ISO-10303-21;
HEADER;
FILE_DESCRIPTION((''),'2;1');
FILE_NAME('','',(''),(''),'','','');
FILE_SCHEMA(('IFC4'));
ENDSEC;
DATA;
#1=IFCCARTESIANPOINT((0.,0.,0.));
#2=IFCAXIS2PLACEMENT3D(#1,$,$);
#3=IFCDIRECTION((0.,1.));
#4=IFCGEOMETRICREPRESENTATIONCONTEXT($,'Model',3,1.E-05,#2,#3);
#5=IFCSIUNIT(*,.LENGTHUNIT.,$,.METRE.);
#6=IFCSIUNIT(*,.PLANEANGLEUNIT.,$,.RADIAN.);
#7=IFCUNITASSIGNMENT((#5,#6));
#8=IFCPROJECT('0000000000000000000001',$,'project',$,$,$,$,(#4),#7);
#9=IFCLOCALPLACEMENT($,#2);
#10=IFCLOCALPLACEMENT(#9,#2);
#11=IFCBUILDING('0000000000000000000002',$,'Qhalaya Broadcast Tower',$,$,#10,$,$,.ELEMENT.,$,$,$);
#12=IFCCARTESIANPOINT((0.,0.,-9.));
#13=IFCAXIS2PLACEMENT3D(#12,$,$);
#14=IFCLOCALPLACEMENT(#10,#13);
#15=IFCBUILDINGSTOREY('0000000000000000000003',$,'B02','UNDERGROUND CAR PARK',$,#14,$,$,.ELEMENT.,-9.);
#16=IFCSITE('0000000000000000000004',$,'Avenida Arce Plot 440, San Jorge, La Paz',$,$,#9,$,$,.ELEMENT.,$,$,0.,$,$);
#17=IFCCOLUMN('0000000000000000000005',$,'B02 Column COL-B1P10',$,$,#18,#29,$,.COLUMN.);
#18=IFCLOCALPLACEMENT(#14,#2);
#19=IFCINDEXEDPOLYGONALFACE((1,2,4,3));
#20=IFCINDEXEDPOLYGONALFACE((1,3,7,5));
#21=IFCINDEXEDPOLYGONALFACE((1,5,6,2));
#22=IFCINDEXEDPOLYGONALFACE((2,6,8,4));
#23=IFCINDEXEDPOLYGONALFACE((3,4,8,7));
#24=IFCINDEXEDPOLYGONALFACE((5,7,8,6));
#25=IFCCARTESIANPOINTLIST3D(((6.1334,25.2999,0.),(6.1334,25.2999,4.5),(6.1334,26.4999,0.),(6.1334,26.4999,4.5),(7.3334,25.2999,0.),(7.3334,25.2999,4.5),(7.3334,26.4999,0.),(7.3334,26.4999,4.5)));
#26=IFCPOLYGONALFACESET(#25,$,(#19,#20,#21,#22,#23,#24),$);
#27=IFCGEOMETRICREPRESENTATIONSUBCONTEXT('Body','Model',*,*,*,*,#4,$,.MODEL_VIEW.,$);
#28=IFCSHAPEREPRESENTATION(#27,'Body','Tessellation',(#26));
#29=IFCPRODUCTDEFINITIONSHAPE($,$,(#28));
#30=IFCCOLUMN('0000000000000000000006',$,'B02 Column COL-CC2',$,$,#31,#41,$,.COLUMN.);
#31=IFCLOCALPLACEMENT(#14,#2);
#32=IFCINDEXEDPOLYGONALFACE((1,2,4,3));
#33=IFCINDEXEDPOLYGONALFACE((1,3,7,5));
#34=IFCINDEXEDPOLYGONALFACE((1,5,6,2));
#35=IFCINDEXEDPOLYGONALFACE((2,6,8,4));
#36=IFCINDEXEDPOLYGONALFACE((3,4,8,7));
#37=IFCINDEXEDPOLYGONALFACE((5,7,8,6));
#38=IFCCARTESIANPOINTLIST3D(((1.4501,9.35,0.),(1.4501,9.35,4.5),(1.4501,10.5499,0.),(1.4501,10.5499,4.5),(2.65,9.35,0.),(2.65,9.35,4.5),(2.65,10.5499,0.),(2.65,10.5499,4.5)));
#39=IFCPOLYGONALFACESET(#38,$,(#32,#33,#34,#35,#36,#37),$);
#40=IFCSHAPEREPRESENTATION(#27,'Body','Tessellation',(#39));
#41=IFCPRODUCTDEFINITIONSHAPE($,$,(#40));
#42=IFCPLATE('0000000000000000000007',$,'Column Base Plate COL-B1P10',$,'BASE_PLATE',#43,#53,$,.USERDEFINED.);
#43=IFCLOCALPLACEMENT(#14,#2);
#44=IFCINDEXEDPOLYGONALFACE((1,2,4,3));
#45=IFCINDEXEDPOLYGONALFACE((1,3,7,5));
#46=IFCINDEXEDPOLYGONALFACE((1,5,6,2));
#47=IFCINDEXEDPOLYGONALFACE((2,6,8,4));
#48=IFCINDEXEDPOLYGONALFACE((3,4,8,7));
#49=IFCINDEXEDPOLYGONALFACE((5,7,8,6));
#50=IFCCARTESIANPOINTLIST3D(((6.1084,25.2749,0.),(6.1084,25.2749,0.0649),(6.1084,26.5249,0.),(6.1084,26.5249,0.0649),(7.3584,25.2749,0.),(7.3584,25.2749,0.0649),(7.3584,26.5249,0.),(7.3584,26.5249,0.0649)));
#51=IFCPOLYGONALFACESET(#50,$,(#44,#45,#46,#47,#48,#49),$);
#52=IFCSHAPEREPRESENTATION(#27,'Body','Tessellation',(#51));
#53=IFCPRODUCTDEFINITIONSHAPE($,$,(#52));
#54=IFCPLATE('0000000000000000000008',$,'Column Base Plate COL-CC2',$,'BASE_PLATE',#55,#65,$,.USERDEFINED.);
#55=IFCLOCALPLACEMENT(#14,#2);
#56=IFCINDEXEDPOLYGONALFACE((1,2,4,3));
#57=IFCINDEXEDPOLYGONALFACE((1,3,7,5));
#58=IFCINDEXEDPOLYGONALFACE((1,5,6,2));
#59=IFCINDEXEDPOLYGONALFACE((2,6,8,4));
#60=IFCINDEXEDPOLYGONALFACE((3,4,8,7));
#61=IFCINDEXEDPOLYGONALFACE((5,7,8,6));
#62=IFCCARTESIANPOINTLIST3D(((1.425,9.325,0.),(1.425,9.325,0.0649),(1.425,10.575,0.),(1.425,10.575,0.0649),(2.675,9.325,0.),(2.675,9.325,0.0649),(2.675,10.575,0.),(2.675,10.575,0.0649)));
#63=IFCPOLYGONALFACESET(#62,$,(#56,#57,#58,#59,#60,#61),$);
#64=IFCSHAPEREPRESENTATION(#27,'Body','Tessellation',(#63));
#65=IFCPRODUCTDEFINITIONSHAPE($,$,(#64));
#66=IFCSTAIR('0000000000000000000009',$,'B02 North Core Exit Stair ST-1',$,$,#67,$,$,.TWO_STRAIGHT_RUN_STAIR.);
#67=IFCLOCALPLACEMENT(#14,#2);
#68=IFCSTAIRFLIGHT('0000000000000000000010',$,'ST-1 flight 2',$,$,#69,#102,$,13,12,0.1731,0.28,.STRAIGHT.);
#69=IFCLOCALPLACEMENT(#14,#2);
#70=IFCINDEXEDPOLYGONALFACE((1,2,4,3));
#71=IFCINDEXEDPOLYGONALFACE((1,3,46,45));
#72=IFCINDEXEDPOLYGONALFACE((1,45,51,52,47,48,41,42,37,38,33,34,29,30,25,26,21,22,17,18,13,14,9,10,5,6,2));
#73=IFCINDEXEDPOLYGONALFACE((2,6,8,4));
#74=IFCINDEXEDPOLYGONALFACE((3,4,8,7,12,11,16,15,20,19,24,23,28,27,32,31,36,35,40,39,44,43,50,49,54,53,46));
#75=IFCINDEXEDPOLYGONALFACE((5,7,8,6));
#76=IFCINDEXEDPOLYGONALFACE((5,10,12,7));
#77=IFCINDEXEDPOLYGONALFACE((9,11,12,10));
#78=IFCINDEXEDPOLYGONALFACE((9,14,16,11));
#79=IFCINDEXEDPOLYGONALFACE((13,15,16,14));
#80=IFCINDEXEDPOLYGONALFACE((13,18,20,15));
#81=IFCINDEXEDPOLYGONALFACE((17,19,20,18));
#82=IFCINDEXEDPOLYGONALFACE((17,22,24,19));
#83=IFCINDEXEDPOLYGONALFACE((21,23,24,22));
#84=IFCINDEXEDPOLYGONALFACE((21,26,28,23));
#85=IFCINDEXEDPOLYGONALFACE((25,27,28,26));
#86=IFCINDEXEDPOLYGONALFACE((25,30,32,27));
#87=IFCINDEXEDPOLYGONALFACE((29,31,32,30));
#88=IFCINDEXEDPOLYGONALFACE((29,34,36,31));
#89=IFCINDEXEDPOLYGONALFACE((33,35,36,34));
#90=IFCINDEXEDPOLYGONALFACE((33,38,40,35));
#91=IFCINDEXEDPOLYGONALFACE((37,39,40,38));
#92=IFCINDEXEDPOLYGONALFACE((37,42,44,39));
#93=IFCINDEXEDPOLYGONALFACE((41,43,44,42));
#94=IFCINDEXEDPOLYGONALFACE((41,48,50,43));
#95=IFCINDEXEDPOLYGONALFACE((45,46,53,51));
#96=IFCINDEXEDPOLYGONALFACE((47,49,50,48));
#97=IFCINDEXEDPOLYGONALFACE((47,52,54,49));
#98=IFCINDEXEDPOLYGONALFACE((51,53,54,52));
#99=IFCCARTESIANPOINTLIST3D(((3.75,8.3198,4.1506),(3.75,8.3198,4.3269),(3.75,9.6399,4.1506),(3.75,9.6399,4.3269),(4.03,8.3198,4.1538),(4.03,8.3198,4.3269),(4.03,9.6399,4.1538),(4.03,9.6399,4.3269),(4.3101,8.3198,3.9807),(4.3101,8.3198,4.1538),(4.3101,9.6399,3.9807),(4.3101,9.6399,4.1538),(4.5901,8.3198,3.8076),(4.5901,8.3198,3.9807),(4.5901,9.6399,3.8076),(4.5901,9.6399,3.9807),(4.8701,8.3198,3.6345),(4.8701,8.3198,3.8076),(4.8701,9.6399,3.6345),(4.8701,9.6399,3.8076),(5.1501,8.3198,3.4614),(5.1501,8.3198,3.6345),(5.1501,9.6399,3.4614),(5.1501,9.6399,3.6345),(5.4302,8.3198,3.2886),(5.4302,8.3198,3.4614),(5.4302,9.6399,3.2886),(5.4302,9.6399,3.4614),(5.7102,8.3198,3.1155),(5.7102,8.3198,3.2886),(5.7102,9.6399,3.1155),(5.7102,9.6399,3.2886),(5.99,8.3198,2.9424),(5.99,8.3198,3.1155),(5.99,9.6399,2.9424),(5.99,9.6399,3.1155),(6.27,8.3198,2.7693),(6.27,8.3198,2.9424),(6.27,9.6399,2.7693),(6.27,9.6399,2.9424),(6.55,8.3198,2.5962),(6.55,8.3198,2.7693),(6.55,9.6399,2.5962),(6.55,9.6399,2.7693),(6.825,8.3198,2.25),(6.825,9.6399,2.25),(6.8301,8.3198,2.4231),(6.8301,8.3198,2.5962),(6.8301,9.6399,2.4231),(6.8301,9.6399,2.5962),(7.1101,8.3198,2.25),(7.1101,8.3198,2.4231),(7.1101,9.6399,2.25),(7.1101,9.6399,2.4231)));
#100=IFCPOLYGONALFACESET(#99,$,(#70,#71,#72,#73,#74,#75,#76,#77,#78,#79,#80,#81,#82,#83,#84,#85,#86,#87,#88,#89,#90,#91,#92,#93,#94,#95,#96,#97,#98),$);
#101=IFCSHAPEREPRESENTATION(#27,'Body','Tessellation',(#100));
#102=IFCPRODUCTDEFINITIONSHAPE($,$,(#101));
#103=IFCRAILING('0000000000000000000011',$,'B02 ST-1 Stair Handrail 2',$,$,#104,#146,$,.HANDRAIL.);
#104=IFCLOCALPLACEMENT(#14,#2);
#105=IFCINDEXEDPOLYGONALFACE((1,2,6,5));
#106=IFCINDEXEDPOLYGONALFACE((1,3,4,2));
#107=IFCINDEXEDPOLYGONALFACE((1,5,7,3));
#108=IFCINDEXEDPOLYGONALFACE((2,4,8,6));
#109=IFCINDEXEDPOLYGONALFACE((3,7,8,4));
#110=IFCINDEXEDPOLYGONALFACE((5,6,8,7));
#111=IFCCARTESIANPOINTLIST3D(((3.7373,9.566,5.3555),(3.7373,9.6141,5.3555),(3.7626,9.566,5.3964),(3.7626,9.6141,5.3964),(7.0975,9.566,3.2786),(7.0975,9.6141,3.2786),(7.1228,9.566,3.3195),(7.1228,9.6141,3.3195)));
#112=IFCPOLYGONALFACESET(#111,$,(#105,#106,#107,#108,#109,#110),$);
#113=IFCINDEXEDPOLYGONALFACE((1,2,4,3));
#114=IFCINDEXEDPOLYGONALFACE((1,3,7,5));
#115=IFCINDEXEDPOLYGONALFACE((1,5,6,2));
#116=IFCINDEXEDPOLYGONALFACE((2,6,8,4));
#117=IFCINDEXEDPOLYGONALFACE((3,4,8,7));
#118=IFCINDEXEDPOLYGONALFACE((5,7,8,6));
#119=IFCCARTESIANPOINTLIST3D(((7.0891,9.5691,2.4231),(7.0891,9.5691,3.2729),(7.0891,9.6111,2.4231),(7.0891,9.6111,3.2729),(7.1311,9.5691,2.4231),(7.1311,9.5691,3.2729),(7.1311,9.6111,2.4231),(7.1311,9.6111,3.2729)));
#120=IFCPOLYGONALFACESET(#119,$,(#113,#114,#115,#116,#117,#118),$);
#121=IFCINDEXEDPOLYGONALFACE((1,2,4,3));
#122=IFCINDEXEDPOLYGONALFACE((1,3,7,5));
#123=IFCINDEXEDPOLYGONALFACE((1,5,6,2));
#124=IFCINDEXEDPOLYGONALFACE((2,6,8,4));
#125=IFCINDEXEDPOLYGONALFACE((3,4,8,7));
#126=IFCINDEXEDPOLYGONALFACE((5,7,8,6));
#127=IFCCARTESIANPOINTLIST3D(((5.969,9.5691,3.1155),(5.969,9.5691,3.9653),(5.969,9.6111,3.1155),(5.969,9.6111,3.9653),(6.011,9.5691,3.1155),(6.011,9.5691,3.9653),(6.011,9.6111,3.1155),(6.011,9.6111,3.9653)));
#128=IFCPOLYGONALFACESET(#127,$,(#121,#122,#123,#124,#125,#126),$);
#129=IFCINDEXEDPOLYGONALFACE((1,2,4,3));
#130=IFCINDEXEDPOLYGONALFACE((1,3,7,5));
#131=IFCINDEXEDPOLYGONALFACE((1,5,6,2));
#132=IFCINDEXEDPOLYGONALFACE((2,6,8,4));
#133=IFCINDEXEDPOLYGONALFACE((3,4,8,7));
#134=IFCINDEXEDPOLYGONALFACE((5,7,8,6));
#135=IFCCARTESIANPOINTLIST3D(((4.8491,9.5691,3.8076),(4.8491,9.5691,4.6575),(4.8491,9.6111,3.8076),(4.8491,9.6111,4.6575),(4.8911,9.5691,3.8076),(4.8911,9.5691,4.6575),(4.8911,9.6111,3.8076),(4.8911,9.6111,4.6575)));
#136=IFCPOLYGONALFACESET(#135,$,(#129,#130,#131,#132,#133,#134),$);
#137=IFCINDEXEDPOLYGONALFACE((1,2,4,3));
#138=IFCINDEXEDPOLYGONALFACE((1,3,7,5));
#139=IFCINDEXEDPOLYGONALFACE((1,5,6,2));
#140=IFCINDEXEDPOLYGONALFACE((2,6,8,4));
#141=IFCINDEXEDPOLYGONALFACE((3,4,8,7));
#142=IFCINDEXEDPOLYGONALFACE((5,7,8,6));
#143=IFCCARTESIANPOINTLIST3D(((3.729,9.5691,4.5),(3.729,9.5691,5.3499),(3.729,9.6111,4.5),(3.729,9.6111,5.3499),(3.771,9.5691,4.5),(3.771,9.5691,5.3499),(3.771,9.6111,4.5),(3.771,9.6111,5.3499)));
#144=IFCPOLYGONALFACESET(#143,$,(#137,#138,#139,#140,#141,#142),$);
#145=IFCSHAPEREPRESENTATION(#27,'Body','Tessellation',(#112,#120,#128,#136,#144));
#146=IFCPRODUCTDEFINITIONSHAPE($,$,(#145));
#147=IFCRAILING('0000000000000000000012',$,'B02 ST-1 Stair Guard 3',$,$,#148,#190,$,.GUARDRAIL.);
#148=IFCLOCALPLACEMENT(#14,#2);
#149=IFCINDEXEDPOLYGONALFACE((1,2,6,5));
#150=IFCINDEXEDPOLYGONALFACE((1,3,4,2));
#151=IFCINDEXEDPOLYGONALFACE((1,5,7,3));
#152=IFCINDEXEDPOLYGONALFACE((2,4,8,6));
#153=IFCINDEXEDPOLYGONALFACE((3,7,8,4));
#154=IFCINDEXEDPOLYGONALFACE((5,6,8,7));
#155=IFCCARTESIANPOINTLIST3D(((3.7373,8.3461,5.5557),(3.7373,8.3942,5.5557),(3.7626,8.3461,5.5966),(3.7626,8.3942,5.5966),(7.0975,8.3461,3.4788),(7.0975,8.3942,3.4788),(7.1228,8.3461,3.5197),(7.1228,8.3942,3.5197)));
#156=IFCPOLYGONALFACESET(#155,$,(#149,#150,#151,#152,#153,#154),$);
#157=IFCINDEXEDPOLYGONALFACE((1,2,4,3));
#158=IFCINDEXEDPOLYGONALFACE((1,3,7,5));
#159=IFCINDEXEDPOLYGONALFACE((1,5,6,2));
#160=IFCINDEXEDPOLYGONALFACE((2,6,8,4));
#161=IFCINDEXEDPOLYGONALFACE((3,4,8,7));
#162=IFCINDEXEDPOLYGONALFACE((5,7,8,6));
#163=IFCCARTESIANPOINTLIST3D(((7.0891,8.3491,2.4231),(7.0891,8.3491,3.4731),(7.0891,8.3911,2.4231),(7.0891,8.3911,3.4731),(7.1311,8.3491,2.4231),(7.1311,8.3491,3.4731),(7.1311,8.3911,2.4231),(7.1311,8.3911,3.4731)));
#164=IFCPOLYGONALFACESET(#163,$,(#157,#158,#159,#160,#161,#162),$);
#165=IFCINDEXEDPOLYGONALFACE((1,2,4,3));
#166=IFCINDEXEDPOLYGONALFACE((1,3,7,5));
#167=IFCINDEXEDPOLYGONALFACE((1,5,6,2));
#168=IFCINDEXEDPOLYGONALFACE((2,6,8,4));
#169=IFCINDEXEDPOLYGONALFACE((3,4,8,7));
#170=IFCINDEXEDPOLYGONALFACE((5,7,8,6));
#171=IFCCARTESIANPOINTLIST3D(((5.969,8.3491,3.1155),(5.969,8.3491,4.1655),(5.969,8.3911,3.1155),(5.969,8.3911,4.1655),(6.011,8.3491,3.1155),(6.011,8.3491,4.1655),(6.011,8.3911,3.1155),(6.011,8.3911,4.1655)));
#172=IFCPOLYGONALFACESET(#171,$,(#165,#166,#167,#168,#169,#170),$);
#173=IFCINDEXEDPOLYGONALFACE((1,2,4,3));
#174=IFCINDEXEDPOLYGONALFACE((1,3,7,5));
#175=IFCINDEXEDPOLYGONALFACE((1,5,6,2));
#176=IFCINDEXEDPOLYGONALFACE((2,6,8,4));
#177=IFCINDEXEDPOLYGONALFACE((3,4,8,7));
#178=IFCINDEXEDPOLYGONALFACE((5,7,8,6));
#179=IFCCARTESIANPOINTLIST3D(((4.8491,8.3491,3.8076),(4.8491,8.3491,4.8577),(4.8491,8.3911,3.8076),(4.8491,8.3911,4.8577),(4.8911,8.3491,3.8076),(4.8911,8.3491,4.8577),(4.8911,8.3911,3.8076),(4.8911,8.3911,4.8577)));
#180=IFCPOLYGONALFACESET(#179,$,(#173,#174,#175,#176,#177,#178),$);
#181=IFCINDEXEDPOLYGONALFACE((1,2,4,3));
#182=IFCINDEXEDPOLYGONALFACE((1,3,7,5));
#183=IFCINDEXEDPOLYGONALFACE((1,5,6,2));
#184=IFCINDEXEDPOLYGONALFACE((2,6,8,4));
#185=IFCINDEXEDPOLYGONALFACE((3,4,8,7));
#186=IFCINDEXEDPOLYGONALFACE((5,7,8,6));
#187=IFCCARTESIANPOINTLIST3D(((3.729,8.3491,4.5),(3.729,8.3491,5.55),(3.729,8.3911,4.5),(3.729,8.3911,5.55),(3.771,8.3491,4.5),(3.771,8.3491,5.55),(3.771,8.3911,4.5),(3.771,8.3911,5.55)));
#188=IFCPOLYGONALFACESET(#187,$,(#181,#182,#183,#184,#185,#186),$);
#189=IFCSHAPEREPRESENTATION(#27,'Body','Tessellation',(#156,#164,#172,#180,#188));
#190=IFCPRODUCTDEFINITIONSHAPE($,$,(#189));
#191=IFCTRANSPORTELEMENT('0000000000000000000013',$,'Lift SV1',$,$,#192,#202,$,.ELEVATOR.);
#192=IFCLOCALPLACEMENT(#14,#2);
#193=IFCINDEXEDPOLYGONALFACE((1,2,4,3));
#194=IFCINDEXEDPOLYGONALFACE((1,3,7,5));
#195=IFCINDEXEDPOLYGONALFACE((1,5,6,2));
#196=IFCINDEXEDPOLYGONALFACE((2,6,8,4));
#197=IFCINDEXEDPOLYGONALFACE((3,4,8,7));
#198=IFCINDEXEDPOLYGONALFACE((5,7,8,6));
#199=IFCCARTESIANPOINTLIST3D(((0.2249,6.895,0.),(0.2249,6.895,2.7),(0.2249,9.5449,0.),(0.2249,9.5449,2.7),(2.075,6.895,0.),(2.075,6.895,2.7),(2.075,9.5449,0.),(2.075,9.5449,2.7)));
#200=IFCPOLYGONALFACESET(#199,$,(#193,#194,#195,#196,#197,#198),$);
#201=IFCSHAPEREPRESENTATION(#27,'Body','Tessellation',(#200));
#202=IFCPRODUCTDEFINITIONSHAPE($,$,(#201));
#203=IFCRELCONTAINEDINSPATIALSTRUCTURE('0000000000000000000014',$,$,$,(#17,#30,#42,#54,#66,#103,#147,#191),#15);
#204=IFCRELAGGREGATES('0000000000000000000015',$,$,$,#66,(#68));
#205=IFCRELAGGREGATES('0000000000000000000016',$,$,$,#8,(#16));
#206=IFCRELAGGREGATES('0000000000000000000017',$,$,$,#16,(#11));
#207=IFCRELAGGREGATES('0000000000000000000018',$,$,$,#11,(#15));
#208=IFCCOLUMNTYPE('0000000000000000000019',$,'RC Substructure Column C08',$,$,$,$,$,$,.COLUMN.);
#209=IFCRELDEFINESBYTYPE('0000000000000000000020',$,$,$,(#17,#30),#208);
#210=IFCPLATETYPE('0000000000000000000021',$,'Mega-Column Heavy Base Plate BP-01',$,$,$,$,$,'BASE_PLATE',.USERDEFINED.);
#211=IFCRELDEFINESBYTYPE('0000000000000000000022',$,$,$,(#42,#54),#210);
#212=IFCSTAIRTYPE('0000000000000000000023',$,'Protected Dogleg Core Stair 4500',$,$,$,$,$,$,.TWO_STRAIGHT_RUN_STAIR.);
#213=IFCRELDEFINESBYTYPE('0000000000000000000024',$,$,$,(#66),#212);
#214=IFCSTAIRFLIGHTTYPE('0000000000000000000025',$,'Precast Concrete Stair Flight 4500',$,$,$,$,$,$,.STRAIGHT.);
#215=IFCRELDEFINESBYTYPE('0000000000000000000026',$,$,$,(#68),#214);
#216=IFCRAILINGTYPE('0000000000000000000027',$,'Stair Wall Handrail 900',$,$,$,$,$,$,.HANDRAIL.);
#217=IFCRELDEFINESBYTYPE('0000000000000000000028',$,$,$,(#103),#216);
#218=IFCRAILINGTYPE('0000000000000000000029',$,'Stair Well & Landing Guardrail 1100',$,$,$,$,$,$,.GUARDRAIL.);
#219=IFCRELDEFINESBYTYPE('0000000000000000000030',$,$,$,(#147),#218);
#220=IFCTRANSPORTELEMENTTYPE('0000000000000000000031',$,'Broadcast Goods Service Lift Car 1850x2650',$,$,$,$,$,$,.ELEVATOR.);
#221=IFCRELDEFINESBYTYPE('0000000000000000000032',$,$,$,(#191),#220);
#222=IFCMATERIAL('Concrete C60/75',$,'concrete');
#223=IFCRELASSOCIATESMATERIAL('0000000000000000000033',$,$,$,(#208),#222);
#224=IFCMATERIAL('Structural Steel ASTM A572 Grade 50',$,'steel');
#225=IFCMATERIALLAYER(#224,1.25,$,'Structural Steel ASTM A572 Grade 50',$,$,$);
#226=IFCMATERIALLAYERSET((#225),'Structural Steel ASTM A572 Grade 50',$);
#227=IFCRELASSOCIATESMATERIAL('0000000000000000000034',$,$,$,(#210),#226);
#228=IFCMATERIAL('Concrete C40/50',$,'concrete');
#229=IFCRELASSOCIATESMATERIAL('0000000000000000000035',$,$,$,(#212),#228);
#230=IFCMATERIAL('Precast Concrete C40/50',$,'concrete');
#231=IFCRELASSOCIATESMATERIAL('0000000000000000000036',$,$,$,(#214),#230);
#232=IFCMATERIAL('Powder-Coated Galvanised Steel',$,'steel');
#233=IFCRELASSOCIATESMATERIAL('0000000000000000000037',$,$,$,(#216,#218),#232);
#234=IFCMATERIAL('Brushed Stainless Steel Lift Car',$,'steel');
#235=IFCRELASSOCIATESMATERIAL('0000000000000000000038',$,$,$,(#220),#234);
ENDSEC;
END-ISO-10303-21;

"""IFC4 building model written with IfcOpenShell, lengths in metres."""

from ifc_helpers import new_model, si_unit, direction, frame, origin, origin_2d, place, context, subcontext, project, spatial, polyline, rectangle, outline, extrude, material, layer, layer_set, material_profile, profile_set, type_object, element, aggregate, save


model = new_model("IFC4")

# Units and contexts
model_context = context("Model", 3, precision=1e-05, world=origin(), true_north=direction((0.0, 1.0)))
body_context = subcontext(model_context, "Body", "Model", "MODEL_VIEW")
ifc_project = project(units=[si_unit("LENGTHUNIT", "METRE"), si_unit("PLANEANGLEUNIT", "RADIAN")], contexts=[model_context])

# Site, building, storey
site_placement = place(None, origin())
site = spatial("IfcSite", under=ifc_project, at=site_placement, Name="Avenida Arce Plot 440, San Jorge, La Paz", CompositionType="ELEMENT", RefElevation=0.0)
building_placement = place(site_placement, origin())
building = spatial("IfcBuilding", under=site, at=building_placement, Name="Qhalaya Broadcast Tower", CompositionType="ELEMENT")
storey_placement = place(building_placement, frame((0.0, 0.0, -9.0)))
storey = spatial("IfcBuildingStorey", under=building, at=storey_placement, Name="B02", Description="UNDERGROUND CAR PARK", CompositionType="ELEMENT", Elevation=-9.0)

# Columns
ifc_material_1 = material(Name="Concrete C60/75", Category="concrete")
ifc_material_profile_1 = material_profile(ifc_material_1, rectangle(XDim=1.2, YDim=1.2, at=origin_2d()), Name="RC-COL 1200x1200")
ifc_profile_set_1 = profile_set([ifc_material_profile_1], Name="Concrete C60/75")
column_type = type_object("IfcColumnType", Name="RC Substructure Column C08", PredefinedType="COLUMN", material=ifc_profile_set_1)
for number, where, z_axis, x_axis, name in (
    (1, (6.7334, 25.8999, 0.0), (0.0, 0.0, 1.0), (1.0, 0.0, 0.0), "B02 Column COL-B1P10"),
    (2, (2.05, 9.95, 0.0), (0.0, 0.0, 1.0), (1.0, 0.0, 0.0), "B02 Column COL-CC2"),
):
    element("IfcColumn", number, at=place(storey_placement, frame(where, z_axis=z_axis, x_axis=x_axis)), inside=storey, type_object=column_type, Name=name, PredefinedType="COLUMN", context=body_context, shape_type="SweptSolid", body=[
        extrude(rectangle(XDim=1.2, YDim=1.2, at=origin_2d()), origin(), (0.0, 0.0, 1.0), 4.5),
    ])

# Plates
ifc_material_2 = material(Name="Structural Steel ASTM A572 Grade 50", Category="steel")
ifc_layer = layer(ifc_material_2, 1.25, Name="Structural Steel ASTM A572 Grade 50")
ifc_layer_set = layer_set([ifc_layer], Name="Structural Steel ASTM A572 Grade 50")
plate_type = type_object("IfcPlateType", Name="Mega-Column Heavy Base Plate BP-01", ElementType="BASE_PLATE", PredefinedType="USERDEFINED", material=ifc_layer_set)
for number, where, z_axis, x_axis, name in (
    (3, (6.7334, 25.8999, 0.0), (0.0, 0.0, 1.0), (1.0, 0.0, 0.0), "Column Base Plate COL-B1P10"),
    (4, (2.05, 9.95, 0.0), (0.0, 0.0, 1.0), (1.0, 0.0, 0.0), "Column Base Plate COL-CC2"),
):
    element("IfcPlate", number, at=place(storey_placement, frame(where, z_axis=z_axis, x_axis=x_axis)), inside=storey, type_object=plate_type, Name=name, ObjectType="BASE_PLATE", PredefinedType="USERDEFINED", context=body_context, shape_type="SweptSolid", body=[
        extrude(rectangle(XDim=1.25, YDim=1.25, at=origin_2d()), origin(), (0.0, 0.0, 1.0), 0.0649),
    ])

# Stair, stair flight
ifc_material_3 = material(Name="Concrete C40/50", Category="concrete")
stair_type = type_object("IfcStairType", Name="Protected Dogleg Core Stair 4500", PredefinedType="TWO_STRAIGHT_RUN_STAIR", material=ifc_material_3)
stair_placement = place(storey_placement, origin())
stair = element("IfcStair", 5, at=stair_placement, inside=storey, type_object=stair_type, Name="B02 North Core Exit Stair ST-1", PredefinedType="TWO_STRAIGHT_RUN_STAIR")
ifc_material_4 = material(Name="Precast Concrete C40/50", Category="concrete")
stair_flight_type = type_object("IfcStairFlightType", Name="Precast Concrete Stair Flight 4500", PredefinedType="STRAIGHT", material=ifc_material_4)
stair_flight_placement = place(storey_placement, frame((7.1101, 8.98, 2.25), z_axis=(0.0, 0.0, 1.0), x_axis=(-1.0, 0.0, 0.0)))
stair_flight = element("IfcStairFlight", 6, at=stair_flight_placement, type_object=stair_flight_type, Name="ST-1 flight 2", NumberOfRisers=13, NumberOfTreads=12, PredefinedType="STRAIGHT", RiserHeight=0.1731, TreadLength=0.28, context=body_context, shape_type="SweptSolid", body=[
    extrude(outline(polyline([(0.0, 0.0), (0.0, 0.1731), (0.28, 0.1731), (0.28, 0.3462), (0.5601, 0.3462), (0.5601, 0.5193), (0.8401, 0.5193), (0.8401, 0.6924), (1.1201, 0.6924), (1.1201, 0.8655), (1.3999, 0.8655), (1.3999, 1.0386), (1.6799, 1.0386), (1.6799, 1.2114), (1.96, 1.2114), (1.96, 1.3845), (2.24, 1.3845), (2.24, 1.5576), (2.52, 1.5576), (2.52, 1.7307), (2.8, 1.7307), (2.8, 1.9038), (3.0801, 1.9038), (3.0801, 2.0769), (3.3601, 2.0769), (3.3601, 2.25), (3.3601, 1.9006), (0.2852, 0.0), (0.0, 0.0)])), frame((0.0, 0.6602, 0.0), z_axis=(0.0, -1.0, 0.0), x_axis=(1.0, 0.0, 0.0)), (0.0, 0.0, 1.0), 1.3201),
])
aggregate(stair, [stair_flight])

# Railings
ifc_material_5 = material(Name="Powder-Coated Galvanised Steel", Category="steel")
railing_type_1 = type_object("IfcRailingType", Name="Stair Wall Handrail 900", PredefinedType="HANDRAIL", material=ifc_material_5)
railing_1_placement = place(storey_placement, frame((7.1101, 9.5901, 2.4231)))
element("IfcRailing", 7, at=railing_1_placement, inside=storey, type_object=railing_type_1, Name="B02 ST-1 Stair Handrail 2", PredefinedType="HANDRAIL", context=body_context, shape_type="SweptSolid", body=[
    extrude(rectangle(XDim=0.0481, YDim=0.0481, at=origin_2d()), frame((0.0, 0.0, 0.876), z_axis=(-0.850623, 0.0, 0.525776), x_axis=(0.0, -1.0, 0.0)), (0.0, 0.0, 1.0), 3.9502),
    extrude(rectangle(XDim=0.042, YDim=0.042, at=origin_2d()), origin(), (0.0, 0.0, 1.0), 0.8499),
    extrude(rectangle(XDim=0.042, YDim=0.042, at=origin_2d()), frame((-1.1201, 0.0, 0.6924)), (0.0, 0.0, 1.0), 0.8499),
    extrude(rectangle(XDim=0.042, YDim=0.042, at=origin_2d()), frame((-2.24, 0.0, 1.3845)), (0.0, 0.0, 1.0), 0.8499),
    extrude(rectangle(XDim=0.042, YDim=0.042, at=origin_2d()), frame((-3.3601, 0.0, 2.0769)), (0.0, 0.0, 1.0), 0.8499),
])
railing_type_2 = type_object("IfcRailingType", Name="Stair Well & Landing Guardrail 1100", PredefinedType="GUARDRAIL", material=ifc_material_5)
railing_2_placement = place(storey_placement, frame((7.1101, 8.3701, 2.4231)))
element("IfcRailing", 8, at=railing_2_placement, inside=storey, type_object=railing_type_2, Name="B02 ST-1 Stair Guard 3", PredefinedType="GUARDRAIL", context=body_context, shape_type="SweptSolid", body=[
    extrude(rectangle(XDim=0.0481, YDim=0.0481, at=origin_2d()), frame((0.0, 0.0, 1.0762), z_axis=(-0.850623, 0.0, 0.525776), x_axis=(0.0, -1.0, 0.0)), (0.0, 0.0, 1.0), 3.9502),
    extrude(rectangle(XDim=0.042, YDim=0.042, at=origin_2d()), origin(), (0.0, 0.0, 1.0), 1.05),
    extrude(rectangle(XDim=0.042, YDim=0.042, at=origin_2d()), frame((-1.1201, 0.0, 0.6924)), (0.0, 0.0, 1.0), 1.05),
    extrude(rectangle(XDim=0.042, YDim=0.042, at=origin_2d()), frame((-2.24, 0.0, 1.3845)), (0.0, 0.0, 1.0), 1.05),
    extrude(rectangle(XDim=0.042, YDim=0.042, at=origin_2d()), frame((-3.3601, 0.0, 2.0769)), (0.0, 0.0, 1.0), 1.05),
])

# Transport element
ifc_material_6 = material(Name="Brushed Stainless Steel Lift Car", Category="steel")
transport_element_type = type_object("IfcTransportElementType", Name="Broadcast Goods Service Lift Car 1850x2650", PredefinedType="ELEVATOR", material=ifc_material_6)
transport_element_placement = place(storey_placement, frame((1.1499, 8.22, 0.0), z_axis=(0.0, 0.0, 1.0), x_axis=(1.0, 0.0, 0.0)))
element("IfcTransportElement", 9, at=transport_element_placement, inside=storey, type_object=transport_element_type, Name="Lift SV1", PredefinedType="ELEVATOR", context=body_context, shape_type="SweptSolid", body=[
    extrude(rectangle(XDim=1.8501, YDim=2.6499, at=origin_2d()), origin(), (0.0, 0.0, 1.0), 2.7),
])

save(model, "model.ifc")
